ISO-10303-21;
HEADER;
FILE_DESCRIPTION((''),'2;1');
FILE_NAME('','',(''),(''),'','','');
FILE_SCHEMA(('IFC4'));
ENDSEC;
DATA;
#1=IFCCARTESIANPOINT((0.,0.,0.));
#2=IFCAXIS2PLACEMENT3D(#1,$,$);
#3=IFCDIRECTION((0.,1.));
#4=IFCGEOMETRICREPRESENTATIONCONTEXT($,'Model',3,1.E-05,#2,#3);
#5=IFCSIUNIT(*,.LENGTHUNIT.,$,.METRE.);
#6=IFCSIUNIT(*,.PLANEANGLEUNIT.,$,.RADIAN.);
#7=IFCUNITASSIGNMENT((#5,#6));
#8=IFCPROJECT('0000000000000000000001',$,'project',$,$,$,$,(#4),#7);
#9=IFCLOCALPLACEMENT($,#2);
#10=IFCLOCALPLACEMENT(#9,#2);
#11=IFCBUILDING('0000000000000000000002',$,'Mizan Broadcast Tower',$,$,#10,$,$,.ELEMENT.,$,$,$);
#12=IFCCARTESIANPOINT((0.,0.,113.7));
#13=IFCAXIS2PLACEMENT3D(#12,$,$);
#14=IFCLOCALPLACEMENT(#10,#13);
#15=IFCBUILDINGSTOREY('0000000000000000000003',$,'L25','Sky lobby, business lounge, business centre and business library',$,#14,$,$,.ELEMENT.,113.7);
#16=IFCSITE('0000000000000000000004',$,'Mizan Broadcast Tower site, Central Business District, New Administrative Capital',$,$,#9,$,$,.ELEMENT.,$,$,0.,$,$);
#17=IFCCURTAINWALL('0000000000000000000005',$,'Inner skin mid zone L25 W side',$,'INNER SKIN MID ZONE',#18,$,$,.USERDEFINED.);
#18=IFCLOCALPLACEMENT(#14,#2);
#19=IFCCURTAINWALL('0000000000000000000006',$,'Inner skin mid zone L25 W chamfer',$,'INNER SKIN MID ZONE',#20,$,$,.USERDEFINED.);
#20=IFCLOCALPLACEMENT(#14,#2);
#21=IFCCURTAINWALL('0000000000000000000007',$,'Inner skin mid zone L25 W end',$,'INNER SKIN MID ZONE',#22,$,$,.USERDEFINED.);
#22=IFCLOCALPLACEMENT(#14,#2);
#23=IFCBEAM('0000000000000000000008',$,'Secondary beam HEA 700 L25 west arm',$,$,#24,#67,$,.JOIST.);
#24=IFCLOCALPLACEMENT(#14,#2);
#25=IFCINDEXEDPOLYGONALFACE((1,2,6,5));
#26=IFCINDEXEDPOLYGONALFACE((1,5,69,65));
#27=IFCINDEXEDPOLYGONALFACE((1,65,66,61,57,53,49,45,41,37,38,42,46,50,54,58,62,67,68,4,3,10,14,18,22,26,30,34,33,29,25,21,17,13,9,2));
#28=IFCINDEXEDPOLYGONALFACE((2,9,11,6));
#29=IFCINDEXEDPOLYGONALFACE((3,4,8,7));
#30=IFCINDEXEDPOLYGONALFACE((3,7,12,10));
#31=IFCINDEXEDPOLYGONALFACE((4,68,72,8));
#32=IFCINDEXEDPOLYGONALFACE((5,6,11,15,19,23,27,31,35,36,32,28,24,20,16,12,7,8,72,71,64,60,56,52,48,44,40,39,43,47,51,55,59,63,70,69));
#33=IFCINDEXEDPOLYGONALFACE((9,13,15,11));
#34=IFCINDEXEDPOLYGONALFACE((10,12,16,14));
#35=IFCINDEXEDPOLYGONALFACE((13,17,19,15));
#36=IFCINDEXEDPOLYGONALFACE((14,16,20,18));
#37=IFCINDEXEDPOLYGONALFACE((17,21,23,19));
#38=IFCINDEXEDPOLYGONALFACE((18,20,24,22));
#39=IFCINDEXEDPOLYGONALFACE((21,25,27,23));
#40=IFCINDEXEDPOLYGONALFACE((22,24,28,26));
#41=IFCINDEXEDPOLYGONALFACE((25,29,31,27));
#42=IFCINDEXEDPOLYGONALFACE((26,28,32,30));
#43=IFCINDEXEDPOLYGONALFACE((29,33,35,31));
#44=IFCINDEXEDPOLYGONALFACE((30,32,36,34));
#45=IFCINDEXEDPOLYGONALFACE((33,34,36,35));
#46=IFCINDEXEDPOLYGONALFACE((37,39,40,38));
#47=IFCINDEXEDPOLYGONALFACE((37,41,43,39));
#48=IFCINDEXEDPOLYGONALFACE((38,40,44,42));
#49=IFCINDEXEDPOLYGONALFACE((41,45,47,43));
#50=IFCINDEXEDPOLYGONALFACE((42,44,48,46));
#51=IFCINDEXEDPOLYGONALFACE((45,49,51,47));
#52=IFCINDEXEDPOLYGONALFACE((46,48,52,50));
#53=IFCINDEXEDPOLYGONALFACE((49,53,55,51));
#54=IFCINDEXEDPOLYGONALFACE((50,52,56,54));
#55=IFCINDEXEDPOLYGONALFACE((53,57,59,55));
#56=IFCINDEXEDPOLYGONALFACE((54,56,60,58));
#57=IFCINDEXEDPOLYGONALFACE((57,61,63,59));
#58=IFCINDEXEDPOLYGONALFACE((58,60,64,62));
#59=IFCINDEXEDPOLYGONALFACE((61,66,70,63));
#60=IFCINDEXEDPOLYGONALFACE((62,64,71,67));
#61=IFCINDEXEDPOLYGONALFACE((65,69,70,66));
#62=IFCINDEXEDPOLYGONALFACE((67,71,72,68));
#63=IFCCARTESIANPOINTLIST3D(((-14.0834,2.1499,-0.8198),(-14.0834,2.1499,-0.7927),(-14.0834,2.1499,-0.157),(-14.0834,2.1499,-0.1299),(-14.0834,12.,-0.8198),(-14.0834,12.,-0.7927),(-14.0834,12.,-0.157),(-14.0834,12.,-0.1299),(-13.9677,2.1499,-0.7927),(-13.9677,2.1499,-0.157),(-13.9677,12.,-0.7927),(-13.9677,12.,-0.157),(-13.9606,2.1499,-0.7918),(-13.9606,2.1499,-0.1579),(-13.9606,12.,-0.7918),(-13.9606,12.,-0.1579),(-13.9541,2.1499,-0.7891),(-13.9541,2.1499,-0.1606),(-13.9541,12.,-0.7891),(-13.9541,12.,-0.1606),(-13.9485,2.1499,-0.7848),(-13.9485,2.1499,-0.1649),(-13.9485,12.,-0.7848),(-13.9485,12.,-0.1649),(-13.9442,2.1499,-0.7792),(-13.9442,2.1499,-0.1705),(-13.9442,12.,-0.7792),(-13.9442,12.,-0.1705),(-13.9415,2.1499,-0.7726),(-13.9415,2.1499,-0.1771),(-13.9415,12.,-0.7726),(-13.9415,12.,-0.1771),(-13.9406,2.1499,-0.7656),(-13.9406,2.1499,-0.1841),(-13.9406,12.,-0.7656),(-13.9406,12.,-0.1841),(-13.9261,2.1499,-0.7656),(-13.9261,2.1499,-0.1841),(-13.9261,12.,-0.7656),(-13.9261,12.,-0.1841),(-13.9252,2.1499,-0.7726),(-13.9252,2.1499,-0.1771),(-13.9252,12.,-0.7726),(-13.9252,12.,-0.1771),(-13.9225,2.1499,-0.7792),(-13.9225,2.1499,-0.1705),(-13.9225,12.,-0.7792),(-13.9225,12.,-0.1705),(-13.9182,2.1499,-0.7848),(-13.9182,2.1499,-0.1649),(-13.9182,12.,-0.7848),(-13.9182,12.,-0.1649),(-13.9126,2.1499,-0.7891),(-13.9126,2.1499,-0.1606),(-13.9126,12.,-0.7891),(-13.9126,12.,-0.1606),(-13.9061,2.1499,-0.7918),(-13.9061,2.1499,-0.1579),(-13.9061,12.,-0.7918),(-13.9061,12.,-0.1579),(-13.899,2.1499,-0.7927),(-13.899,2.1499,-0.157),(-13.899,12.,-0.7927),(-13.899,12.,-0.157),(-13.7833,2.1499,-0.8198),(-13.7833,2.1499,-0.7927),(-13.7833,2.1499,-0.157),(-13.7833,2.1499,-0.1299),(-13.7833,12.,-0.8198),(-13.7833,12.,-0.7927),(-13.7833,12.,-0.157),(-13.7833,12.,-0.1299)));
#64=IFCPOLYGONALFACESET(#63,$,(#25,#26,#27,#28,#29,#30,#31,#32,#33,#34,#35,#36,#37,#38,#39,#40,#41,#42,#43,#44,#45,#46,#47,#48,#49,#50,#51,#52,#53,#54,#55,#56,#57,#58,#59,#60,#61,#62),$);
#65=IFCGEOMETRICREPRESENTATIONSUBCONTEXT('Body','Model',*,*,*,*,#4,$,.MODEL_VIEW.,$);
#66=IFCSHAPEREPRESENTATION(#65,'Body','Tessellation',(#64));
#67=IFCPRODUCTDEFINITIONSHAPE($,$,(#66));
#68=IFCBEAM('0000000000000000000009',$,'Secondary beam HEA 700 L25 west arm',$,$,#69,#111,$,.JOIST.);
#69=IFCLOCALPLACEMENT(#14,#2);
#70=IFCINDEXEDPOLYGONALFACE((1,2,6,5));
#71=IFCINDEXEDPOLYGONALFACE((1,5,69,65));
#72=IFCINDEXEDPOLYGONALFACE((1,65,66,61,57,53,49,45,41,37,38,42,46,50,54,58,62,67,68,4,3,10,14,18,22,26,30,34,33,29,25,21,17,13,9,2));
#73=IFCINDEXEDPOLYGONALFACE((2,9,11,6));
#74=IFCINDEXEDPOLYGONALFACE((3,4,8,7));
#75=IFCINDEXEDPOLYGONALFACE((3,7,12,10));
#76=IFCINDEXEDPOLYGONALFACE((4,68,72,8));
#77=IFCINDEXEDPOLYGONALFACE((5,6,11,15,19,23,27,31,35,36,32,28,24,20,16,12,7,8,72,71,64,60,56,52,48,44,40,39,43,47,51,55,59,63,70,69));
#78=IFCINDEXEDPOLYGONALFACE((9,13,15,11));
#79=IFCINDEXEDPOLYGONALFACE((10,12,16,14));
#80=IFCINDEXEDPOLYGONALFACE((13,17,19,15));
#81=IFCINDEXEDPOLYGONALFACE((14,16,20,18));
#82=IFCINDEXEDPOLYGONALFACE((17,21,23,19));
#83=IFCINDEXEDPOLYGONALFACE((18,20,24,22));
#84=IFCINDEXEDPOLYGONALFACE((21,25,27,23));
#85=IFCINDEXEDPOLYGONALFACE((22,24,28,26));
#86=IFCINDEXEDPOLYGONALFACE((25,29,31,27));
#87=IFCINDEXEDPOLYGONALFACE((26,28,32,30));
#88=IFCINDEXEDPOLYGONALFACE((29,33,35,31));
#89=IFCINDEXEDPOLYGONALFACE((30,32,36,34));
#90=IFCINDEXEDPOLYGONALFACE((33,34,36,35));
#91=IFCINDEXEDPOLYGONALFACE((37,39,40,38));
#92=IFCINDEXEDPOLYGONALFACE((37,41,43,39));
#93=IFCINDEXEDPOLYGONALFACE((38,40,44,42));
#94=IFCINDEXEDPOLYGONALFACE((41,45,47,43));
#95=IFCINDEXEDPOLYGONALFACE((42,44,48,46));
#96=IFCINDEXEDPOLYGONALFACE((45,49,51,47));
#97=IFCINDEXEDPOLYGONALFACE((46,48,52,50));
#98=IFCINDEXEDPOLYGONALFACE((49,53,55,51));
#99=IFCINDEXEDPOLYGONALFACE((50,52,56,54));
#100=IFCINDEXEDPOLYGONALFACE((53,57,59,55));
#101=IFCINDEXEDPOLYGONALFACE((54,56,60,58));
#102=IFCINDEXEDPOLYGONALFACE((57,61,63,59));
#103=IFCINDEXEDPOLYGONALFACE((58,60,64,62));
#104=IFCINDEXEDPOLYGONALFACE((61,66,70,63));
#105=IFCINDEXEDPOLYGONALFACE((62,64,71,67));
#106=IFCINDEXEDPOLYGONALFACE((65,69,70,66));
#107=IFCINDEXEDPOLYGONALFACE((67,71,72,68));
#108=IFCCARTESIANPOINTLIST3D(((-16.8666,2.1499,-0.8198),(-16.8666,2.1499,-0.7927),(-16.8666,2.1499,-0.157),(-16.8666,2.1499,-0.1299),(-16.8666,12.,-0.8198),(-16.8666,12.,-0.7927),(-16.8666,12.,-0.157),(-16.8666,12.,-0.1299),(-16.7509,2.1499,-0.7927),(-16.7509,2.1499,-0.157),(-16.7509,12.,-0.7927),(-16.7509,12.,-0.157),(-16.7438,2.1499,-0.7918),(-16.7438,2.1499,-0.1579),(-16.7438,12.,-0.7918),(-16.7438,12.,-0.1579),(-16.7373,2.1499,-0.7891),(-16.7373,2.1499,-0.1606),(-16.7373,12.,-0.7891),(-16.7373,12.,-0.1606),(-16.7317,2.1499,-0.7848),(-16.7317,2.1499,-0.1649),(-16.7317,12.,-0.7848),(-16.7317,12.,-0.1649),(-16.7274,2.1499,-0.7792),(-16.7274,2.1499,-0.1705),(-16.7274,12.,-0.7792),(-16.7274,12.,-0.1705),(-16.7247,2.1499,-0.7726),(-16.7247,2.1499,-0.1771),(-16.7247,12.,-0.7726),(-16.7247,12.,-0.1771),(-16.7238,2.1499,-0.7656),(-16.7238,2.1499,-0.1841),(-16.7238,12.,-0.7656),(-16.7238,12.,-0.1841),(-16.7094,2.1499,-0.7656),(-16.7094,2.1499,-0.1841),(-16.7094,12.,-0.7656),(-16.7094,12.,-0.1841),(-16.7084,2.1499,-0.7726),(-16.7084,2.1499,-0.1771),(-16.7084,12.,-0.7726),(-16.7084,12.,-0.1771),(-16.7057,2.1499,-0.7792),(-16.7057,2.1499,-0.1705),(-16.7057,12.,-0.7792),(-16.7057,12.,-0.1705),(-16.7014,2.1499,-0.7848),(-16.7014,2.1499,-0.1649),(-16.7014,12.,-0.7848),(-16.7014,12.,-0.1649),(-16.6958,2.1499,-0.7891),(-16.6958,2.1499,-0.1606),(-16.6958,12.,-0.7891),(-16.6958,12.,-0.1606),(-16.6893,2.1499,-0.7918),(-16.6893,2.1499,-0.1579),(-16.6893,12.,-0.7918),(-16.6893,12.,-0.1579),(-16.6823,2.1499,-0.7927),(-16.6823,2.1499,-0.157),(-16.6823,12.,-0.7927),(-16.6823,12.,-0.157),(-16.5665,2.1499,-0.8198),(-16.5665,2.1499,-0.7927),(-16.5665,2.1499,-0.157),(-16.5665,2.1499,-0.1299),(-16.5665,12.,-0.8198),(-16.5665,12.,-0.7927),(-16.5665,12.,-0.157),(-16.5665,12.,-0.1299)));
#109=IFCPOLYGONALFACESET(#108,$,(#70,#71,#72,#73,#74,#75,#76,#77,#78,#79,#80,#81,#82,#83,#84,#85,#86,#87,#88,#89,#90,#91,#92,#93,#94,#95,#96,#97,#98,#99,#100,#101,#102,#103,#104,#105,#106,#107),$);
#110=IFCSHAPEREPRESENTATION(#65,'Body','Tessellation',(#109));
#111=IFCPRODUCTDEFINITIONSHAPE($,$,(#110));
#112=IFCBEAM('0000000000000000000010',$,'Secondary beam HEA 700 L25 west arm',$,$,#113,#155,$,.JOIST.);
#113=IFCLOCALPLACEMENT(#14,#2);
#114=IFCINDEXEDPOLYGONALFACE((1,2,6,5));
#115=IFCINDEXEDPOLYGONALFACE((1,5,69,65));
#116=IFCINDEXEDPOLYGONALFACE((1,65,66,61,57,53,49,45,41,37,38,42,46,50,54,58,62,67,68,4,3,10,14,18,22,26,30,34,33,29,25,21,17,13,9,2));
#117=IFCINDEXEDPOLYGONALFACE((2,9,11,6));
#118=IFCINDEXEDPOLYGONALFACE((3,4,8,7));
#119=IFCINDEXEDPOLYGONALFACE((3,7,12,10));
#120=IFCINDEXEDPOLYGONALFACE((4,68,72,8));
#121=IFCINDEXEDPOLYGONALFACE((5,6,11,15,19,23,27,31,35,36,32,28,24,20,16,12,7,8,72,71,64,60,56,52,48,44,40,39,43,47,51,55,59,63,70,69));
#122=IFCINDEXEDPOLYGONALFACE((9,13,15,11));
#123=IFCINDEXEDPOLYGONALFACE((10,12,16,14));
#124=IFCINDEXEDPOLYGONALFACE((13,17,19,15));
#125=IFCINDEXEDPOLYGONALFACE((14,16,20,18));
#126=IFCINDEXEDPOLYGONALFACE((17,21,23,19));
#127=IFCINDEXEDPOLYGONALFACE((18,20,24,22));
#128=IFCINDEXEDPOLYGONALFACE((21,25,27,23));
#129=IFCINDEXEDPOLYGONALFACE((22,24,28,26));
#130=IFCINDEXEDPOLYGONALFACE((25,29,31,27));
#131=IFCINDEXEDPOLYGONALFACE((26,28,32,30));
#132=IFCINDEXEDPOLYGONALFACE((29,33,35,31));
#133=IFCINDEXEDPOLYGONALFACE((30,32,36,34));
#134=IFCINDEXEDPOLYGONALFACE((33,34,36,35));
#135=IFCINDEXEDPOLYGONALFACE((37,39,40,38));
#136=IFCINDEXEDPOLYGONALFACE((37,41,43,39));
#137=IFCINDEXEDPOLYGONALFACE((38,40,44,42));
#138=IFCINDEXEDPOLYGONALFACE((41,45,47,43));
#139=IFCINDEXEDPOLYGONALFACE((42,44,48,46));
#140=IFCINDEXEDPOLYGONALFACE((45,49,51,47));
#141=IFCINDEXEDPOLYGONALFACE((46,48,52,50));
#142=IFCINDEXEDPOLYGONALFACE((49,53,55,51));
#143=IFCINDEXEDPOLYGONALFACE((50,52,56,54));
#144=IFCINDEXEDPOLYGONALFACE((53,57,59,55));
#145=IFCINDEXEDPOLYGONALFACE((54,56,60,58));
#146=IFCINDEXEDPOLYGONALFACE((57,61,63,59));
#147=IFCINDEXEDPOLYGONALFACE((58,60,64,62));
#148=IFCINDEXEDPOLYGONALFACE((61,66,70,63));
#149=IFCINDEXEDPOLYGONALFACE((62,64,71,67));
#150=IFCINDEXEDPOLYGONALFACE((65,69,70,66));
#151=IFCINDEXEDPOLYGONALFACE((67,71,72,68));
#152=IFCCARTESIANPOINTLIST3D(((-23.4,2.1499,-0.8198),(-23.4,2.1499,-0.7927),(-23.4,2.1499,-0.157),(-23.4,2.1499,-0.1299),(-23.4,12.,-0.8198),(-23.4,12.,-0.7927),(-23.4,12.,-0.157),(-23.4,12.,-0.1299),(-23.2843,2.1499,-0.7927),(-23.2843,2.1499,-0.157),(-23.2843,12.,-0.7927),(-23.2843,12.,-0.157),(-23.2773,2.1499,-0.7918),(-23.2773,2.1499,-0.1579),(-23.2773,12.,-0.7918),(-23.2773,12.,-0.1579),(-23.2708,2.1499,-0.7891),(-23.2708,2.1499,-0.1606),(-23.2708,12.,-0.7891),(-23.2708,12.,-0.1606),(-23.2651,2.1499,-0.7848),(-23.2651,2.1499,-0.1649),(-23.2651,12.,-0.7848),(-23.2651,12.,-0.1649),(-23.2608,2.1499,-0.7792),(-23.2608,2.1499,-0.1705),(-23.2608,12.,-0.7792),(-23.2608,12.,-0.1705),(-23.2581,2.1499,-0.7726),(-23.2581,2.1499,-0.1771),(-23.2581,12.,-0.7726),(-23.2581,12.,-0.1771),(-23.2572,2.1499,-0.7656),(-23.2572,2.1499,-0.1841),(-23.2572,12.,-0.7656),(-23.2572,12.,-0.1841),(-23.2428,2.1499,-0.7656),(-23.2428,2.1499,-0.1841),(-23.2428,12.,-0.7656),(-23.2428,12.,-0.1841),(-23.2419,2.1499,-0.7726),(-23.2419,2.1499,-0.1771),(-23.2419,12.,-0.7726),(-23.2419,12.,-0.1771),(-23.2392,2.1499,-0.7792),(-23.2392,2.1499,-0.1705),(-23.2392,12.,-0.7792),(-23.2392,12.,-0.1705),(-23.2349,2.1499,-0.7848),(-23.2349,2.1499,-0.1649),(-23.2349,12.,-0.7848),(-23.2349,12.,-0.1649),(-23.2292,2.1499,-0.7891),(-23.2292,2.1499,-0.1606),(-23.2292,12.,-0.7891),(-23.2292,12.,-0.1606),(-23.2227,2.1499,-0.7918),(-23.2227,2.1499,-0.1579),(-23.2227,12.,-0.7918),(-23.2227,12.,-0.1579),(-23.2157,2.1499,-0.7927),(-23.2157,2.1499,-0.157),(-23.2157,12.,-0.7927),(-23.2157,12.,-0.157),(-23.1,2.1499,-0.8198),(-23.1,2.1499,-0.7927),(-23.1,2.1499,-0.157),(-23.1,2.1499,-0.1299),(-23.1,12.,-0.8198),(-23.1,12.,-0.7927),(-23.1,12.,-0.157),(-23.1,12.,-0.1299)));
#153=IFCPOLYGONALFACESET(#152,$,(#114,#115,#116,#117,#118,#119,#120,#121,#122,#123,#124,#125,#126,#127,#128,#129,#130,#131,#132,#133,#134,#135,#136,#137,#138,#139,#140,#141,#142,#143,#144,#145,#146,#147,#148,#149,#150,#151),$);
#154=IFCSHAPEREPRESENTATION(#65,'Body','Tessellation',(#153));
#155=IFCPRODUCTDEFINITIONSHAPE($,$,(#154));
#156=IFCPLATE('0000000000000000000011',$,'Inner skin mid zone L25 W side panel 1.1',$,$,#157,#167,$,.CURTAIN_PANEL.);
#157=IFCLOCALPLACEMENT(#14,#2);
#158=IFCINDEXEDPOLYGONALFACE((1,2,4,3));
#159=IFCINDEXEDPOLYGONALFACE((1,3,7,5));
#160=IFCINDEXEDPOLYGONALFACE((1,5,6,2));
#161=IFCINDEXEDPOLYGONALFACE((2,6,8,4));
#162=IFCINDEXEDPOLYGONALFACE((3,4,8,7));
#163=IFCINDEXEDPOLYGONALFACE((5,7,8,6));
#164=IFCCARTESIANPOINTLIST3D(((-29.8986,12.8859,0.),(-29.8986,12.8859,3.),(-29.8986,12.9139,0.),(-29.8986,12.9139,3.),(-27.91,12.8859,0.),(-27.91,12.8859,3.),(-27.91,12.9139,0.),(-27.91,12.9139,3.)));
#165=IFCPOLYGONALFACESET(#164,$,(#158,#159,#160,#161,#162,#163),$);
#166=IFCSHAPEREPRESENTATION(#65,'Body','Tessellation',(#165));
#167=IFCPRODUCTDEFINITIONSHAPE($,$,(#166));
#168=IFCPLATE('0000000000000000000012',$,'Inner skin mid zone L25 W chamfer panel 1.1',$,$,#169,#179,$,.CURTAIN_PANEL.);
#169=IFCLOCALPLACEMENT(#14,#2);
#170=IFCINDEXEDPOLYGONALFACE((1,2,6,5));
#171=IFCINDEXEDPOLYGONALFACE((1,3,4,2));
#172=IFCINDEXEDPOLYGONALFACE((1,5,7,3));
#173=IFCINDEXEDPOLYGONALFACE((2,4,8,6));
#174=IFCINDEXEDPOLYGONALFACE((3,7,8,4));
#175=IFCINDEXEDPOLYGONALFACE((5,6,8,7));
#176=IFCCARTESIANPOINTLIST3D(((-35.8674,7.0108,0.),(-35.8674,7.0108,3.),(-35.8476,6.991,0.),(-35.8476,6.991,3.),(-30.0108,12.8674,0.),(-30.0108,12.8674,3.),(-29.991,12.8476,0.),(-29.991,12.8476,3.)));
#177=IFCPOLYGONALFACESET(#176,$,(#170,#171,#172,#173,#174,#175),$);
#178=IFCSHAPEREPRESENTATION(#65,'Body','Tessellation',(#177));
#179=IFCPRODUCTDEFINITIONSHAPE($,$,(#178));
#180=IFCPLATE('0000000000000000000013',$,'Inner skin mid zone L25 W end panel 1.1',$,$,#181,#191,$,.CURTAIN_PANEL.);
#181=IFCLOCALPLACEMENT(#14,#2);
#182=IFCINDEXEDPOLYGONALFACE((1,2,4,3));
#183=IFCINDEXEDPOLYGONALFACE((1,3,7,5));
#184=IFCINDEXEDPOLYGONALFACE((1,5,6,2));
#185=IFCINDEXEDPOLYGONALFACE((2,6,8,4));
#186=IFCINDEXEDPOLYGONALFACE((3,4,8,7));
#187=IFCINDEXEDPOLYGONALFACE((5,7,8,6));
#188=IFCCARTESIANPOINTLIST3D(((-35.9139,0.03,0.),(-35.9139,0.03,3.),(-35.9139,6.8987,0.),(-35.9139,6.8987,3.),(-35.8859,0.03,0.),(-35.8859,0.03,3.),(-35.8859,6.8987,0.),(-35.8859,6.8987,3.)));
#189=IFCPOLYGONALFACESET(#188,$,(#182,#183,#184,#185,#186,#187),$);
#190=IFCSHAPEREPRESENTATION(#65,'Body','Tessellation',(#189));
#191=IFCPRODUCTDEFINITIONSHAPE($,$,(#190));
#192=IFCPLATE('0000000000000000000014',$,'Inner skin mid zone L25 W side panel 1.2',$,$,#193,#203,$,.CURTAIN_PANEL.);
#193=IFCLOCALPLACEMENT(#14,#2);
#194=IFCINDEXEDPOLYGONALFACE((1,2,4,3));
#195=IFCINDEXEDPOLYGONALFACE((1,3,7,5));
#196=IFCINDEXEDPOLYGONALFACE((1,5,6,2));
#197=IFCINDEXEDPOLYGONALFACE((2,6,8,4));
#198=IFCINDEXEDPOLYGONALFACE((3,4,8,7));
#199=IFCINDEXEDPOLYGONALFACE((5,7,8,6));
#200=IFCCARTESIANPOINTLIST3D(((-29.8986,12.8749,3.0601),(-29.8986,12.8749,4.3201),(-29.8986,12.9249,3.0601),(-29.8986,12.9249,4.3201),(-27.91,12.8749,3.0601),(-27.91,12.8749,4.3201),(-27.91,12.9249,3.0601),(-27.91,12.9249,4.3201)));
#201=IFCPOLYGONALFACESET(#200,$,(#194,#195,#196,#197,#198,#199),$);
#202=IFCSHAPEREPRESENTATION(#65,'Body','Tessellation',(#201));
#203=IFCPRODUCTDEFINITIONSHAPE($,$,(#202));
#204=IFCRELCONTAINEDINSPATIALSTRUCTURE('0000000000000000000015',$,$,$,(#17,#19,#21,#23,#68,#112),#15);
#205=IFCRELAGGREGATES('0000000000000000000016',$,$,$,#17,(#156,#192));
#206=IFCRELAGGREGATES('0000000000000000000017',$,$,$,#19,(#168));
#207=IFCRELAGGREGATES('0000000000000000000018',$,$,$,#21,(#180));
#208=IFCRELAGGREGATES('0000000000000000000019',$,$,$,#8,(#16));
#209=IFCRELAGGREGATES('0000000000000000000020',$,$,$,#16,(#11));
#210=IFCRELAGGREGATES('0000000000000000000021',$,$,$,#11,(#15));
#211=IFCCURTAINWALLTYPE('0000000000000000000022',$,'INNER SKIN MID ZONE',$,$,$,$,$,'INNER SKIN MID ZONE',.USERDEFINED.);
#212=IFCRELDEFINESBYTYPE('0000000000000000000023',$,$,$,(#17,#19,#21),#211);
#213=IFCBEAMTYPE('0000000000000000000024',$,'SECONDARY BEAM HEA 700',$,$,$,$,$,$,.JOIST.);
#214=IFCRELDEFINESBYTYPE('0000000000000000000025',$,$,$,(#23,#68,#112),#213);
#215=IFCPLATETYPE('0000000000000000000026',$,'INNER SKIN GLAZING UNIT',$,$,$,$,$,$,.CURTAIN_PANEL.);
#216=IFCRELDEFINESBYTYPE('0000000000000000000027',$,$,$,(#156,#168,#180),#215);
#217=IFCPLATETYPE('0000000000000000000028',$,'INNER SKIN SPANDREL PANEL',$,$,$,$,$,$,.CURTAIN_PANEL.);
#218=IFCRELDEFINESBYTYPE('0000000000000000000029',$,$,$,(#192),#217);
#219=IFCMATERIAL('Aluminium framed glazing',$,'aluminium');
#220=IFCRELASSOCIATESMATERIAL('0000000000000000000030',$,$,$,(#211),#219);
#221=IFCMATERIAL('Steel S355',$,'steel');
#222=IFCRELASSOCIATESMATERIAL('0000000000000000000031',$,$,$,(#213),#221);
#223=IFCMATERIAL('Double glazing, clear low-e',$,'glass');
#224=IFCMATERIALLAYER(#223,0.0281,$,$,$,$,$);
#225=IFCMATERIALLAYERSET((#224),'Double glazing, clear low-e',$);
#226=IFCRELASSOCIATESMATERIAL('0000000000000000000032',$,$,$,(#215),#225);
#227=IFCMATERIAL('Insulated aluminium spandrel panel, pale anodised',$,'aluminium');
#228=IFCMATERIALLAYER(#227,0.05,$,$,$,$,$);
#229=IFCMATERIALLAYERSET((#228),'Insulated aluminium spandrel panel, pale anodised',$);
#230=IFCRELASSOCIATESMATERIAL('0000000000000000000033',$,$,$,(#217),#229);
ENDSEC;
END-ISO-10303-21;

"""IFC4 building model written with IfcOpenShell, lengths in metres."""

from ifc_helpers import new_model, si_unit, direction, frame, origin, origin_2d, place, context, subcontext, project, spatial, rectangle, i_section, extrude, material, layer, layer_set, material_profile, profile_set, type_object, element, aggregate, save


model = new_model("IFC4")

# Units and contexts
model_context = context("Model", 3, precision=1e-05, world=origin(), true_north=direction((0.0, 1.0)))
body_context = subcontext(model_context, "Body", "Model", "MODEL_VIEW")
ifc_project = project(units=[si_unit("LENGTHUNIT", "METRE"), si_unit("PLANEANGLEUNIT", "RADIAN")], contexts=[model_context])

# Site, building, storey
site_placement = place(None, origin())
site = spatial("IfcSite", under=ifc_project, at=site_placement, Name="Mizan Broadcast Tower site, Central Business District, New Administrative Capital", CompositionType="ELEMENT", RefElevation=0.0)
building_placement = place(site_placement, origin())
building = spatial("IfcBuilding", under=site, at=building_placement, Name="Mizan Broadcast Tower", CompositionType="ELEMENT")
storey_placement = place(building_placement, frame((0.0, 0.0, 113.7)))
storey = spatial("IfcBuildingStorey", under=building, at=storey_placement, Name="L25", Description="Sky lobby, business lounge, business centre and business library", CompositionType="ELEMENT", Elevation=113.7)

# Curtain wall
ifc_material_1 = material(Name="Aluminium framed glazing", Category="aluminium")
curtain_wall_type_1 = type_object("IfcCurtainWallType", Name="INNER SKIN MID ZONE", ElementType="INNER SKIN MID ZONE", PredefinedType="USERDEFINED", material=ifc_material_1)
curtain_wall_1_placement = place(storey_placement, origin())
curtain_wall_1 = element("IfcCurtainWall", 1, at=curtain_wall_1_placement, inside=storey, type_object=curtain_wall_type_1, Name="Inner skin mid zone L25 W side", ObjectType="INNER SKIN MID ZONE", PredefinedType="USERDEFINED")

# Curtain wall
curtain_wall_2_placement = place(storey_placement, origin())
curtain_wall_2 = element("IfcCurtainWall", 2, at=curtain_wall_2_placement, inside=storey, type_object=curtain_wall_type_1, Name="Inner skin mid zone L25 W chamfer", ObjectType="INNER SKIN MID ZONE", PredefinedType="USERDEFINED")

# Curtain wall
curtain_wall_3_placement = place(storey_placement, origin())
curtain_wall_3 = element("IfcCurtainWall", 3, at=curtain_wall_3_placement, inside=storey, type_object=curtain_wall_type_1, Name="Inner skin mid zone L25 W end", ObjectType="INNER SKIN MID ZONE", PredefinedType="USERDEFINED")

# Beams
ifc_material_2 = material(Name="Steel S355", Category="steel")
ifc_material_profile_1 = material_profile(ifc_material_2, i_section(OverallWidth=0.3, OverallDepth=0.6899, WebThickness=0.0144, FlangeThickness=0.0271, FilletRadius=0.0271, at=origin_2d()), Name="HEA 700")
ifc_profile_set_1 = profile_set([ifc_material_profile_1], Name="Steel S355")
beam_type_1 = type_object("IfcBeamType", Name="SECONDARY BEAM HEA 700", PredefinedType="JOIST", material=ifc_profile_set_1)
for number, where, z_axis, x_axis, name in (
    (4, (-13.9333, 12.0, -0.4749), (0.0, -1.0, 0.0), (1.0, 0.0, 0.0), "Secondary beam HEA 700 L25 west arm"),
    (5, (-16.7166, 12.0, -0.4749), (0.0, -1.0, 0.0), (1.0, 0.0, 0.0), "Secondary beam HEA 700 L25 west arm"),
    (6, (-23.25, 12.0, -0.4749), (0.0, -1.0, 0.0), (1.0, 0.0, 0.0), "Secondary beam HEA 700 L25 west arm"),
):
    element("IfcBeam", number, at=place(storey_placement, frame(where, z_axis=z_axis, x_axis=x_axis)), inside=storey, type_object=beam_type_1, Name=name, PredefinedType="JOIST", context=body_context, shape_type="SweptSolid", body=[
        extrude(i_section(OverallWidth=0.3, OverallDepth=0.6899, WebThickness=0.0144, FlangeThickness=0.0271, FilletRadius=0.0271, at=origin_2d()), origin(), (0.0, 0.0, 1.0), 9.8501),
    ])

# Plates
ifc_material_3 = material(Name="Double glazing, clear low-e", Category="glass")
ifc_layer_1 = layer(ifc_material_3, 0.0281)
ifc_layer_set_1 = layer_set([ifc_layer_1], Name="Double glazing, clear low-e")
plate_type_1 = type_object("IfcPlateType", Name="INNER SKIN GLAZING UNIT", PredefinedType="CURTAIN_PANEL", material=ifc_layer_set_1)
plate_1_placement = place(storey_placement, frame((-28.9043, 12.8999, 0.0), z_axis=(0.0, 0.0, 1.0), x_axis=(-1.0, 0.0, 0.0)))
plate_1 = element("IfcPlate", 7, at=plate_1_placement, type_object=plate_type_1, Name="Inner skin mid zone L25 W side panel 1.1", PredefinedType="CURTAIN_PANEL", context=body_context, shape_type="SweptSolid", body=[
    extrude(rectangle(XDim=1.9885, YDim=0.0281, at=origin_2d()), origin(), (0.0, 0.0, 1.0), 3.0),
])
plate_2_placement = place(storey_placement, frame((-32.9292, 9.9292, 0.0), z_axis=(0.0, 0.0, 1.0), x_axis=(-0.707107, -0.707107, 0.0)))
plate_2 = element("IfcPlate", 8, at=plate_2_placement, type_object=plate_type_1, Name="Inner skin mid zone L25 W chamfer panel 1.1", PredefinedType="CURTAIN_PANEL", context=body_context, shape_type="SweptSolid", body=[
    extrude(rectangle(XDim=8.2825, YDim=0.0281, at=origin_2d()), origin(), (0.0, 0.0, 1.0), 3.0),
])
plate_3_placement = place(storey_placement, frame((-35.8999, 3.4644, 0.0), z_axis=(0.0, 0.0, 1.0), x_axis=(0.0, -1.0, 0.0)))
plate_3 = element("IfcPlate", 9, at=plate_3_placement, type_object=plate_type_1, Name="Inner skin mid zone L25 W end panel 1.1", PredefinedType="CURTAIN_PANEL", context=body_context, shape_type="SweptSolid", body=[
    extrude(rectangle(XDim=6.8687, YDim=0.0281, at=origin_2d()), origin(), (0.0, 0.0, 1.0), 3.0),
])
ifc_material_4 = material(Name="Insulated aluminium spandrel panel, pale anodised", Category="aluminium")
ifc_layer_2 = layer(ifc_material_4, 0.05)
ifc_layer_set_2 = layer_set([ifc_layer_2], Name="Insulated aluminium spandrel panel, pale anodised")
plate_type_2 = type_object("IfcPlateType", Name="INNER SKIN SPANDREL PANEL", PredefinedType="CURTAIN_PANEL", material=ifc_layer_set_2)
plate_4_placement = place(storey_placement, frame((-28.9043, 12.8999, 3.0601), z_axis=(0.0, 0.0, 1.0), x_axis=(-1.0, 0.0, 0.0)))
plate_4 = element("IfcPlate", 10, at=plate_4_placement, type_object=plate_type_2, Name="Inner skin mid zone L25 W side panel 1.2", PredefinedType="CURTAIN_PANEL", context=body_context, shape_type="SweptSolid", body=[
    extrude(rectangle(XDim=1.9885, YDim=0.05, at=origin_2d()), origin(), (0.0, 0.0, 1.0), 1.26),
])
aggregate(curtain_wall_1, [plate_1, plate_4])
aggregate(curtain_wall_2, [plate_2])
aggregate(curtain_wall_3, [plate_3])

save(model, "model.ifc")
